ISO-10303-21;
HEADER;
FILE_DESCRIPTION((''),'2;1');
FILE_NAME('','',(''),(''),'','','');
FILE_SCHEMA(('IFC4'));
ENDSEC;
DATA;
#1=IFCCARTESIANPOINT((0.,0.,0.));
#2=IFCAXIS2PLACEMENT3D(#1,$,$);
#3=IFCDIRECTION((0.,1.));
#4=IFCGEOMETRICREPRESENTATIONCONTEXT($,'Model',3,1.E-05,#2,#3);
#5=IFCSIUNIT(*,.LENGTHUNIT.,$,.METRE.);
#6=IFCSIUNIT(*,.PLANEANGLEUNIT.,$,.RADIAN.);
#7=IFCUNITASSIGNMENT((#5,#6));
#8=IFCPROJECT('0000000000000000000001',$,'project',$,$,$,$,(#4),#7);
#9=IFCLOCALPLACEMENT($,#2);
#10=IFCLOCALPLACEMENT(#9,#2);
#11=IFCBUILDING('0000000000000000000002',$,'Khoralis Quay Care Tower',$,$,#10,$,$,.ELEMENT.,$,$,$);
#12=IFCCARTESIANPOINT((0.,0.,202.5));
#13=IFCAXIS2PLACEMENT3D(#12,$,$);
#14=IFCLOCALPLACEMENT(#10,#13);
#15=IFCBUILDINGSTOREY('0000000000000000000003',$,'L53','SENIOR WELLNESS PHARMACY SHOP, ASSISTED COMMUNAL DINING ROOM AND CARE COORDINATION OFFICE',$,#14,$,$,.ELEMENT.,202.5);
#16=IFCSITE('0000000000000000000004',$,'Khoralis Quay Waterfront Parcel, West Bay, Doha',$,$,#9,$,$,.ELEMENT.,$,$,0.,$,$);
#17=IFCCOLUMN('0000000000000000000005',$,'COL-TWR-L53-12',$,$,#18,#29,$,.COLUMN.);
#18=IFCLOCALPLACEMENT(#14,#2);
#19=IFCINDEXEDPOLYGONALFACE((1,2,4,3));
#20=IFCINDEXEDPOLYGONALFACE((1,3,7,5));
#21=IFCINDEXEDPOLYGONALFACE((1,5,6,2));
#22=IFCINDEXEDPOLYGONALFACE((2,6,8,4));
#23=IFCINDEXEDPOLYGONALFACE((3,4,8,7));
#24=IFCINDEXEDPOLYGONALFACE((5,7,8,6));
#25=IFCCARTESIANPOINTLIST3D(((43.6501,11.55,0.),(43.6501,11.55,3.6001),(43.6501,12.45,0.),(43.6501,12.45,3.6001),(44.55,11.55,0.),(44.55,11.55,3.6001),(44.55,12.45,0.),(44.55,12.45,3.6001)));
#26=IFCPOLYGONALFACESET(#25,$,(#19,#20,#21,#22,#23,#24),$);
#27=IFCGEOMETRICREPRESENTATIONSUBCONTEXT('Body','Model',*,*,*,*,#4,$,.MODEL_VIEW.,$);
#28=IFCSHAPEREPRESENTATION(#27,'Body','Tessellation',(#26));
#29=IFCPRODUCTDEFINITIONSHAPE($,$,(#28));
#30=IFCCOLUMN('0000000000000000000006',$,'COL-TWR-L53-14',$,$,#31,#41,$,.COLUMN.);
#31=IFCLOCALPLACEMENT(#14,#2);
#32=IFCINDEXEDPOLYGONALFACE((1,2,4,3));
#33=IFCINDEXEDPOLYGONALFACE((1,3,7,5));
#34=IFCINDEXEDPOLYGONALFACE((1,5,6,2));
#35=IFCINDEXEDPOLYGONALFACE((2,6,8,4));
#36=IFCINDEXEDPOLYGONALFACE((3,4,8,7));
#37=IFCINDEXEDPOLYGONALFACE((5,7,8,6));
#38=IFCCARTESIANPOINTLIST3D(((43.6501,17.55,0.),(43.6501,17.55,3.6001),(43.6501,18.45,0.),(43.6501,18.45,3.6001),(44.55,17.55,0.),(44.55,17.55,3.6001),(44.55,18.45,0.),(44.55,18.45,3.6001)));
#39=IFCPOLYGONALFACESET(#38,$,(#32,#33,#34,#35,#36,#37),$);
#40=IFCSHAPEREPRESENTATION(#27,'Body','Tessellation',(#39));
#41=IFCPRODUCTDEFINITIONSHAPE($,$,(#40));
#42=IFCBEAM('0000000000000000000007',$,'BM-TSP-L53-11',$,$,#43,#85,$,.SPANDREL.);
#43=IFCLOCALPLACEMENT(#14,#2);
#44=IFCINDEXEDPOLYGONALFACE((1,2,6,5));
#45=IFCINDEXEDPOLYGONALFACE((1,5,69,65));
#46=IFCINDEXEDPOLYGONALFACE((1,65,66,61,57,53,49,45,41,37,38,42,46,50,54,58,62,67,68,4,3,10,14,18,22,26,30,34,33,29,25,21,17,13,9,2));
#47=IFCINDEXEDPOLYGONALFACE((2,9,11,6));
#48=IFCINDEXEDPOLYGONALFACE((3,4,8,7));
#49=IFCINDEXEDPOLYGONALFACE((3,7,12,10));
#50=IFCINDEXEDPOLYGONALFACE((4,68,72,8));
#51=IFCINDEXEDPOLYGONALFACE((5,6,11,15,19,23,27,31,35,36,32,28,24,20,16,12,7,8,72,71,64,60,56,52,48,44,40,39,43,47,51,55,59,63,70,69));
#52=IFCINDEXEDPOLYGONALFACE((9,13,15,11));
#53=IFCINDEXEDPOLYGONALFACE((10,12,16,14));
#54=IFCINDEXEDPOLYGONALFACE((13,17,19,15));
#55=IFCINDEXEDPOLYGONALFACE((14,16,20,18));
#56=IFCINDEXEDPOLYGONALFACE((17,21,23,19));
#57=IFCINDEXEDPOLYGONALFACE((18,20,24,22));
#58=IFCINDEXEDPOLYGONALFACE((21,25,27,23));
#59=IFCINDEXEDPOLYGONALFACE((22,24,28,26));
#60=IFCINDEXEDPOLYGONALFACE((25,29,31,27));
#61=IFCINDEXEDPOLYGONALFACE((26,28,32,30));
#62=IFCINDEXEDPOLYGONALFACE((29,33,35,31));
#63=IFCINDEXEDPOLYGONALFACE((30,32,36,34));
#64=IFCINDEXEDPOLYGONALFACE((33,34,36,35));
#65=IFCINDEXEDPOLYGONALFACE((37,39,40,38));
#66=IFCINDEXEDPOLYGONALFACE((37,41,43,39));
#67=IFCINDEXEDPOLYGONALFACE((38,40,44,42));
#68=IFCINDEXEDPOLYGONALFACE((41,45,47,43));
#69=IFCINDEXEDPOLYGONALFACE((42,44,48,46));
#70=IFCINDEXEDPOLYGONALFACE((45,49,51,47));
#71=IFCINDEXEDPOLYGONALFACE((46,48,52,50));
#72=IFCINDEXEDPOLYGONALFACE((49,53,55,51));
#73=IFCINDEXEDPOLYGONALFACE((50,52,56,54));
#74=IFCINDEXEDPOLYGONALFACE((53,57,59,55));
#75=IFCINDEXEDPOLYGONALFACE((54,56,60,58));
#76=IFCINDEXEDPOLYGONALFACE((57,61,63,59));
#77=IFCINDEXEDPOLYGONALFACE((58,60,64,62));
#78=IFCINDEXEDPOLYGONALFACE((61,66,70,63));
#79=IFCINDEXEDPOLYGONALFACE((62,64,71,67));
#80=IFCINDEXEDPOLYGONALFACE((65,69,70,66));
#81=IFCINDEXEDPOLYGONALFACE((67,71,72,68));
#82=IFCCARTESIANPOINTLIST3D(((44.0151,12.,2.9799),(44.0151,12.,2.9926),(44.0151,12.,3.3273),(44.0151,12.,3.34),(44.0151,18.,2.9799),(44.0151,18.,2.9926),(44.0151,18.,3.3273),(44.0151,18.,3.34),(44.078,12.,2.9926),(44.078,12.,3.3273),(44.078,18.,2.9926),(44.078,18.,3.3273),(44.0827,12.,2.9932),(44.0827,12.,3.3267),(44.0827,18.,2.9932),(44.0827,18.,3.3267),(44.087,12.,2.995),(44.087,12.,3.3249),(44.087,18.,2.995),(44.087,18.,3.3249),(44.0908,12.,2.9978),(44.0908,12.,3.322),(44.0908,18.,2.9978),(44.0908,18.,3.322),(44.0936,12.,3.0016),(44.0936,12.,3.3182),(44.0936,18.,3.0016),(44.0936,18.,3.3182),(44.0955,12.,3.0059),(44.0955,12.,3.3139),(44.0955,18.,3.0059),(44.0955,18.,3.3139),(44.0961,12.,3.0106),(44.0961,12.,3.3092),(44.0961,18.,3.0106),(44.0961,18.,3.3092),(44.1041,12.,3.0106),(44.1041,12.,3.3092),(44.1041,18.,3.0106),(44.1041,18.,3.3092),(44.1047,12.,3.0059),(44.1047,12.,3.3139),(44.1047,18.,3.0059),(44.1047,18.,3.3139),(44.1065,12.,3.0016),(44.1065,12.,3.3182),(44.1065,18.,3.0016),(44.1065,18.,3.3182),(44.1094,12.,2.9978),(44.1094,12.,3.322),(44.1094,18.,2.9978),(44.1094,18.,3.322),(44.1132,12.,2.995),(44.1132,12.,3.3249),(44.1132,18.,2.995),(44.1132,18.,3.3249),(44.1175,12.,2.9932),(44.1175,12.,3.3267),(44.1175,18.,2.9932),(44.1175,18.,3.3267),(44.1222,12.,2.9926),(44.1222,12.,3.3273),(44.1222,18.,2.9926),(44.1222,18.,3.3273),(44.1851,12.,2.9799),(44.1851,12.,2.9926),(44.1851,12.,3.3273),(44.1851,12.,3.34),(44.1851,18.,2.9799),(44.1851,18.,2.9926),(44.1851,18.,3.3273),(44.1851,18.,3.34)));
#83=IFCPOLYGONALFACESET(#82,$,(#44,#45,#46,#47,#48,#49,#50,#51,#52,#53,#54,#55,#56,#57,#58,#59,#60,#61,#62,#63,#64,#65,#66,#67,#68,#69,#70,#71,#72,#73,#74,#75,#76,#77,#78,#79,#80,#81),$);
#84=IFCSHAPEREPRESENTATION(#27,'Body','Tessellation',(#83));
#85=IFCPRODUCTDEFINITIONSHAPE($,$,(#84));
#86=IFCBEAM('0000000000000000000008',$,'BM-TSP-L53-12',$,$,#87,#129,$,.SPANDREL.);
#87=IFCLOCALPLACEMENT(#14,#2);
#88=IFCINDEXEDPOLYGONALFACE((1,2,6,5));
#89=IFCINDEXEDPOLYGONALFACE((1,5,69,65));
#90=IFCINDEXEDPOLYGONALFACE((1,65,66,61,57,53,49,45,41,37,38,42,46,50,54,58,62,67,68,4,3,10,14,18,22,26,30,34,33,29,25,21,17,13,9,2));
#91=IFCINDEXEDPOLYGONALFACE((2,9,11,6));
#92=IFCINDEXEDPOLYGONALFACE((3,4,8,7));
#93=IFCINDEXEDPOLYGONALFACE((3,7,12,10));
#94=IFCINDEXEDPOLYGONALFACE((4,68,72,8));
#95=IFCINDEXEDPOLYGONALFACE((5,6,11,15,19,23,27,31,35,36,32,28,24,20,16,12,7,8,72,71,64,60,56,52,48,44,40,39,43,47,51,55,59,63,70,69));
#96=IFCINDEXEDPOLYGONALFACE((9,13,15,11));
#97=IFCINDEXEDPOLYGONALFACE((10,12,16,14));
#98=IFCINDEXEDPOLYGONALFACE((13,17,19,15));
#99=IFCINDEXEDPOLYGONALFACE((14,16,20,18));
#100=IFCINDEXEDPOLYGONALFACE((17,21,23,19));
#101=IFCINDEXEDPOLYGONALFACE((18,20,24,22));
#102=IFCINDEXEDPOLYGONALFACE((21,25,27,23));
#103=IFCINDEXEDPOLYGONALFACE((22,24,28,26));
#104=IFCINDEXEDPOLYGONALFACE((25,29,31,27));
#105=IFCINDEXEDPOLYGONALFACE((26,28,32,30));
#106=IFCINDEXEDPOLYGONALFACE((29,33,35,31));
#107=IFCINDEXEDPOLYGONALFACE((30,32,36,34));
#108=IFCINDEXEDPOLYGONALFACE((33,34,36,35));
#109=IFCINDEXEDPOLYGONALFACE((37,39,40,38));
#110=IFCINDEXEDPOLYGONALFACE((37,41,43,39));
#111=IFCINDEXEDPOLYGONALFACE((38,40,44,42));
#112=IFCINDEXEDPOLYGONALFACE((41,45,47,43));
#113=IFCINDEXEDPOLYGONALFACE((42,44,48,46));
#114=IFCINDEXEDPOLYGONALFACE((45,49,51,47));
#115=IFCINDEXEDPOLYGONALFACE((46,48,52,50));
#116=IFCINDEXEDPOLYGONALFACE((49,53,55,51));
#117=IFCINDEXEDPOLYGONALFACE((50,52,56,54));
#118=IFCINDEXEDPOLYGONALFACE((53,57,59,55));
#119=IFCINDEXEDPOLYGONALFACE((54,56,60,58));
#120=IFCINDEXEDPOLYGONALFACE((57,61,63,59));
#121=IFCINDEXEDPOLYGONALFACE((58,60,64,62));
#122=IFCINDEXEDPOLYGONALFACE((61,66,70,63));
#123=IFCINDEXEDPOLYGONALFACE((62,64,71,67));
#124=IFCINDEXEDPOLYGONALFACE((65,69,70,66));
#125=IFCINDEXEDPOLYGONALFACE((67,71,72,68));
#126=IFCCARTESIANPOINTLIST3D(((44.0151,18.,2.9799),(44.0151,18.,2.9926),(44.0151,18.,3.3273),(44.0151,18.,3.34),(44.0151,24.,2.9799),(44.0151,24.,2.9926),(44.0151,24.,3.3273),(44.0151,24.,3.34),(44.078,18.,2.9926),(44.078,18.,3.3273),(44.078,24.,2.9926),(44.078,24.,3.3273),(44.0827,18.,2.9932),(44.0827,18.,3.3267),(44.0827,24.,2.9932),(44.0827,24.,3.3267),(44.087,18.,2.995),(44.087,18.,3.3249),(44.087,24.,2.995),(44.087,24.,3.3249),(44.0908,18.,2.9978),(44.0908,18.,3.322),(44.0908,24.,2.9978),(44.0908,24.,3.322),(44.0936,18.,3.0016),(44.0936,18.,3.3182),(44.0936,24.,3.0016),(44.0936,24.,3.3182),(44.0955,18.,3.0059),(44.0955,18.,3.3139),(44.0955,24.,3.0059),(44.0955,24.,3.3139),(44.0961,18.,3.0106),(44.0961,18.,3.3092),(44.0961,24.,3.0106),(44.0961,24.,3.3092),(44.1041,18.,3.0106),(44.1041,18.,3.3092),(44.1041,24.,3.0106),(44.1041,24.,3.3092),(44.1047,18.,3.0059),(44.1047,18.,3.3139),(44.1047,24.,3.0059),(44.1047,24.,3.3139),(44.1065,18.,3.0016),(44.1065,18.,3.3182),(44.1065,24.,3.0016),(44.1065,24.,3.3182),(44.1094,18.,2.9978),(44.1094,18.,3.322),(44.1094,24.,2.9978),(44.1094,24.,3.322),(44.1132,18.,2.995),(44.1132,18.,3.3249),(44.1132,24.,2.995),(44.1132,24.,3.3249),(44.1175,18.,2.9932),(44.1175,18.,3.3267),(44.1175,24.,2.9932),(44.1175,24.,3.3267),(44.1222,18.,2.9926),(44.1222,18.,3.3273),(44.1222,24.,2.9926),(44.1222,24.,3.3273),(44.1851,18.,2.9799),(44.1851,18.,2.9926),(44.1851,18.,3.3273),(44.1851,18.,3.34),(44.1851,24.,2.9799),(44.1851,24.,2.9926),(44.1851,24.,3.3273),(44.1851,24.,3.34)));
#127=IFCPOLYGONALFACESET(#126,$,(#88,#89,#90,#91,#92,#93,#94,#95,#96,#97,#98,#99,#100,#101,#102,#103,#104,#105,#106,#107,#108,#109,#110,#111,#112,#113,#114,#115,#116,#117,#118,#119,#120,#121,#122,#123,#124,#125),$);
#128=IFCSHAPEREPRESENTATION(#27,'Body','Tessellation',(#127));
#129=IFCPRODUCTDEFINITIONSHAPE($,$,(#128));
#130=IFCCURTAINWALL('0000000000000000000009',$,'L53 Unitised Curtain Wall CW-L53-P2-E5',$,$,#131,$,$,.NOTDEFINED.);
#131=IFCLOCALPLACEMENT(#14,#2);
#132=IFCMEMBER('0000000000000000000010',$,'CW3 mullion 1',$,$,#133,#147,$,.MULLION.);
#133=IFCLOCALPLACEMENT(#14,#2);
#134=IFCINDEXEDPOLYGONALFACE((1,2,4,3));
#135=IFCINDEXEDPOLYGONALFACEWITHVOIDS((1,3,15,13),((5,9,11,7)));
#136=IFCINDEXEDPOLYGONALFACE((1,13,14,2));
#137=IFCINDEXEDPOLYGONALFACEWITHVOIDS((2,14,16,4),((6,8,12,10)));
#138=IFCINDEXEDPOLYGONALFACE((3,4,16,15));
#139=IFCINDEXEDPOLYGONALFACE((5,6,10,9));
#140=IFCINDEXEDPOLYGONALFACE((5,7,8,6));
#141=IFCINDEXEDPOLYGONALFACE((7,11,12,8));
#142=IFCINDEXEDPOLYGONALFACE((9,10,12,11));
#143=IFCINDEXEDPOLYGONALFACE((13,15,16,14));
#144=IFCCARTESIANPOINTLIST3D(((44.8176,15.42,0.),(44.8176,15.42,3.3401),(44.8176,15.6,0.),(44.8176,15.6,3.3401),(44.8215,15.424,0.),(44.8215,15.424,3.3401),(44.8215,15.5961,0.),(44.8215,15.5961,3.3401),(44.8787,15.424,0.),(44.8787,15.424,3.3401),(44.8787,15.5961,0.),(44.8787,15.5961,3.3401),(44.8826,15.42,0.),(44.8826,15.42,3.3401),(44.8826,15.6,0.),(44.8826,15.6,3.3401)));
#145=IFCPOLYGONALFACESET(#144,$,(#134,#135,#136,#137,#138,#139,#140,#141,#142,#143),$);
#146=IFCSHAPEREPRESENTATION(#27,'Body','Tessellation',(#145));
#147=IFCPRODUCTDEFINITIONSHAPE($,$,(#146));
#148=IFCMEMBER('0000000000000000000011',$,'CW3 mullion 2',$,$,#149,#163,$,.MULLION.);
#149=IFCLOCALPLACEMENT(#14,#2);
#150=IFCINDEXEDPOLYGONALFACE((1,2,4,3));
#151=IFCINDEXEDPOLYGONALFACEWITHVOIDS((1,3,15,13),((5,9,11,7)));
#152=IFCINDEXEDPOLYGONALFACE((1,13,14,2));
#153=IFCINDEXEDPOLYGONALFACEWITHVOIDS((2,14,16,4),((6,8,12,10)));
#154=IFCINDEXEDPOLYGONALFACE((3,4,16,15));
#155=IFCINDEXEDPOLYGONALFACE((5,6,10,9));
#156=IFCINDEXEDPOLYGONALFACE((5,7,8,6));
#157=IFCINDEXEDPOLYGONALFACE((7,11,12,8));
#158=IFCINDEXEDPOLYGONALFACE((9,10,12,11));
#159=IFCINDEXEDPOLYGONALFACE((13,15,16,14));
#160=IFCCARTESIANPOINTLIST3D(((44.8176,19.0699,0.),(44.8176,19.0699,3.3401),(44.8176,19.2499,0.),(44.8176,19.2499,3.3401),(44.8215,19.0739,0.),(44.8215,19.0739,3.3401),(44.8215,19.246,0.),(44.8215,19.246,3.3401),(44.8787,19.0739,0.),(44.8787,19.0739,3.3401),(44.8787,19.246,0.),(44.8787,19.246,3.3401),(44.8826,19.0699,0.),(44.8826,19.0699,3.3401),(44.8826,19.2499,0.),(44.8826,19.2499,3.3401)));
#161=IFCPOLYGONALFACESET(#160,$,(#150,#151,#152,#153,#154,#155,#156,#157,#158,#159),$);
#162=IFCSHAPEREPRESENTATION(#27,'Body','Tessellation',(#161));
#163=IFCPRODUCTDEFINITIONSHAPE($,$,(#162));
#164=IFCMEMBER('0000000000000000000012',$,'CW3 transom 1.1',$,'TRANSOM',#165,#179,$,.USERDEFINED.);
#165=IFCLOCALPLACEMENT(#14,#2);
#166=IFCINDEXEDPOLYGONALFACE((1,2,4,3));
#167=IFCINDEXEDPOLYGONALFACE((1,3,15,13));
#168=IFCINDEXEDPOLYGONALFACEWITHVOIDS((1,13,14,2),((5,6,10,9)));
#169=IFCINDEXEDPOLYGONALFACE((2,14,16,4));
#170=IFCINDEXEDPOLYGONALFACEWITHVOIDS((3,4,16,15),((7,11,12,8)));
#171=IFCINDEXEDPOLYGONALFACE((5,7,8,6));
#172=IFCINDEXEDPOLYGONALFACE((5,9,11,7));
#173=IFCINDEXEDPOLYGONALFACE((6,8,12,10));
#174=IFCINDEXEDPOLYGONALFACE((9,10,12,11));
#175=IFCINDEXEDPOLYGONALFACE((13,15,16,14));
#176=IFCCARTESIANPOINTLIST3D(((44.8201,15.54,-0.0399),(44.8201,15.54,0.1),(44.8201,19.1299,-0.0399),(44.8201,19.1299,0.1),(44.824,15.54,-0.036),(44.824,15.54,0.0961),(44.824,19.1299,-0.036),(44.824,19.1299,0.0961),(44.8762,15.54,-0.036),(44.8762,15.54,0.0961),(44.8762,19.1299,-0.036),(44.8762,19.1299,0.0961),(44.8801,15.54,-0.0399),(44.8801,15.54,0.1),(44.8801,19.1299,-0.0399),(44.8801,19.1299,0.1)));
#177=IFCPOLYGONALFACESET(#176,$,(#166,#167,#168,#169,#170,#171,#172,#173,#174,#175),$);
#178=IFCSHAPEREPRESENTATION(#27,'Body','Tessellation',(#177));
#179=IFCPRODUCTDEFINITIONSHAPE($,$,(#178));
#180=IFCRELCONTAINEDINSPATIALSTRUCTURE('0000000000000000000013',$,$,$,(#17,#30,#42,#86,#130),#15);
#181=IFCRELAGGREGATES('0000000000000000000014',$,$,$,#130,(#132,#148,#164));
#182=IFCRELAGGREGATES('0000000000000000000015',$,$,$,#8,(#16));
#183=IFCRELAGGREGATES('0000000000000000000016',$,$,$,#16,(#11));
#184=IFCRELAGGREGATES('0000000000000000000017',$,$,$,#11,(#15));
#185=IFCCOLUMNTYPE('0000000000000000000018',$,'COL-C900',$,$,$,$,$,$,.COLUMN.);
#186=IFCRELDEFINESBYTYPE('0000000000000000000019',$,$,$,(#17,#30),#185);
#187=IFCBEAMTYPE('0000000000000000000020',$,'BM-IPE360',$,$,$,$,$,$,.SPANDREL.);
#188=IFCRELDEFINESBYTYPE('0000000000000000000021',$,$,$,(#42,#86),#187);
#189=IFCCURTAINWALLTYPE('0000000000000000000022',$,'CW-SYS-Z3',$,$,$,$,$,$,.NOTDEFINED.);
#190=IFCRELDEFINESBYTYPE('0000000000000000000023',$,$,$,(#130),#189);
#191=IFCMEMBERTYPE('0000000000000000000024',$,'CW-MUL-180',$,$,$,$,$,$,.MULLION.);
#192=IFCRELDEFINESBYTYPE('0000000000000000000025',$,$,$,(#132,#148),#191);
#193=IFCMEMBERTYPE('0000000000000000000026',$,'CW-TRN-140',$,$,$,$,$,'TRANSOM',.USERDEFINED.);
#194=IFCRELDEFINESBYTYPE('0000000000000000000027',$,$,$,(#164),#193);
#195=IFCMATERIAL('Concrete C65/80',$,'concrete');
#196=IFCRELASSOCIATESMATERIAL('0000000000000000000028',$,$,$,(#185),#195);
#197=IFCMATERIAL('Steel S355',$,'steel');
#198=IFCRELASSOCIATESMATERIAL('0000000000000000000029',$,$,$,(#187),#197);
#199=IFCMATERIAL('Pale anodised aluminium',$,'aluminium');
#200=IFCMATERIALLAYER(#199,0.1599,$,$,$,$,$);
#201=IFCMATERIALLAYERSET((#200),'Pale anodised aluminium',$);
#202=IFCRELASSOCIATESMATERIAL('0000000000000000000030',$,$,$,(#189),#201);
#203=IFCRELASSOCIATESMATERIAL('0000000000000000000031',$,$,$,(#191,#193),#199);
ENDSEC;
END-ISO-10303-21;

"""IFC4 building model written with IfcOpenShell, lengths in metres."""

from ifc_helpers import new_model, si_unit, direction, frame, origin, origin_2d, place, context, subcontext, project, spatial, rectangle, hollow_rectangle, i_section, extrude, source, transform, mapped, material, layer, layer_set, material_profile, profile_set, type_object, element, aggregate, save


model = new_model("IFC4")

# Units and contexts
model_context = context("Model", 3, precision=1e-05, world=origin(), true_north=direction((0.0, 1.0)))
body_context = subcontext(model_context, "Body", "Model", "MODEL_VIEW")
ifc_project = project(units=[si_unit("LENGTHUNIT", "METRE"), si_unit("PLANEANGLEUNIT", "RADIAN")], contexts=[model_context])

# Site, building, storey
site_placement = place(None, origin())
site = spatial("IfcSite", under=ifc_project, at=site_placement, Name="Khoralis Quay Waterfront Parcel, West Bay, Doha", CompositionType="ELEMENT", RefElevation=0.0)
building_placement = place(site_placement, origin())
building = spatial("IfcBuilding", under=site, at=building_placement, Name="Khoralis Quay Care Tower", CompositionType="ELEMENT")
storey_placement = place(building_placement, frame((0.0, 0.0, 202.5)))
storey = spatial("IfcBuildingStorey", under=building, at=storey_placement, Name="L53", Description="SENIOR WELLNESS PHARMACY SHOP, ASSISTED COMMUNAL DINING ROOM AND CARE COORDINATION OFFICE", CompositionType="ELEMENT", Elevation=202.5)

# Columns
ifc_material_1 = material(Name="Concrete C65/80", Category="concrete")
ifc_material_profile_1 = material_profile(ifc_material_1, rectangle(XDim=0.8999, YDim=0.8999, at=origin_2d()), Name="Concrete C65/80")
ifc_profile_set_1 = profile_set([ifc_material_profile_1], Name="Concrete C65/80")
column_type = type_object("IfcColumnType", Name="COL-C900", PredefinedType="COLUMN", material=ifc_profile_set_1)
shared_shape_1 = source(origin(), body_context, "Body", "SweptSolid", [
    extrude(rectangle(XDim=0.8999, YDim=0.8999, at=origin_2d()), origin(), (0.0, 0.0, 1.0), 3.6001),
])
for number, where, z_axis, x_axis, name in (
    (1, (44.1001, 12.0, 0.0), (0.0, 0.0, 1.0), (1.0, 0.0, 0.0), "COL-TWR-L53-12"),
    (2, (44.1001, 18.0, 0.0), (0.0, 0.0, 1.0), (1.0, 0.0, 0.0), "COL-TWR-L53-14"),
):
    element("IfcColumn", number, at=place(storey_placement, frame(where, z_axis=z_axis, x_axis=x_axis)), inside=storey, type_object=column_type, Name=name, PredefinedType="COLUMN", context=body_context, shape_type="MappedRepresentation", body=[
        mapped(shared_shape_1, transform((0.0, 0.0, 0.0), scale=1.0)),
    ])

# Beams
ifc_material_2 = material(Name="Steel S355", Category="steel")
ifc_material_profile_2 = material_profile(ifc_material_2, i_section(OverallWidth=0.1699, OverallDepth=0.3601, WebThickness=0.0081, FlangeThickness=0.0127, FilletRadius=0.0181, at=origin_2d()), Name="Steel S355")
ifc_profile_set_2 = profile_set([ifc_material_profile_2], Name="Steel S355")
beam_type = type_object("IfcBeamType", Name="BM-IPE360", PredefinedType="SPANDREL", material=ifc_profile_set_2)
shared_shape_2 = source(origin(), body_context, "Body", "SweptSolid", [
    extrude(i_section(OverallWidth=0.1699, OverallDepth=0.3601, WebThickness=0.0081, FlangeThickness=0.0127, FilletRadius=0.0181, at=origin_2d()), origin(), (0.0, 0.0, 1.0), 6.0),
])
for number, where, z_axis, x_axis, name in (
    (3, (44.1001, 12.0, 3.1599), (0.0, 1.0, 0.0), (-1.0, 0.0, 0.0), "BM-TSP-L53-11"),
    (4, (44.1001, 18.0, 3.1599), (0.0, 1.0, 0.0), (-1.0, 0.0, 0.0), "BM-TSP-L53-12"),
):
    element("IfcBeam", number, at=place(storey_placement, frame(where, z_axis=z_axis, x_axis=x_axis)), inside=storey, type_object=beam_type, Name=name, PredefinedType="SPANDREL", context=body_context, shape_type="MappedRepresentation", body=[
        mapped(shared_shape_2, transform((0.0, 0.0, 0.0), scale=1.0)),
    ])

# Curtain wall, members
ifc_material_3 = material(Name="Pale anodised aluminium", Category="aluminium")
ifc_layer_1 = layer(ifc_material_3, 0.1599)
ifc_layer_set_1 = layer_set([ifc_layer_1], Name="Pale anodised aluminium")
curtain_wall_type = type_object("IfcCurtainWallType", Name="CW-SYS-Z3", PredefinedType="NOTDEFINED", material=ifc_layer_set_1)
curtain_wall_placement = place(storey_placement, origin())
curtain_wall = element("IfcCurtainWall", 5, at=curtain_wall_placement, inside=storey, type_object=curtain_wall_type, Name="L53 Unitised Curtain Wall CW-L53-P2-E5", PredefinedType="NOTDEFINED")
ifc_material_profile_3 = material_profile(ifc_material_3, hollow_rectangle(XDim=0.0649, YDim=0.1799, WallThickness=0.0039, at=origin_2d()), Name="Pale anodised aluminium")
ifc_profile_set_3 = profile_set([ifc_material_profile_3], Name="Pale anodised aluminium")
member_type_1 = type_object("IfcMemberType", Name="CW-MUL-180", PredefinedType="MULLION", material=ifc_profile_set_3)
shared_shape_3 = source(origin(), body_context, "Body", "SweptSolid", [
    extrude(hollow_rectangle(XDim=0.0649, YDim=0.1799, WallThickness=0.0039, at=origin_2d()), origin(), (0.0, 0.0, 1.0), 3.3401),
])
member_1_placement = place(storey_placement, frame((44.8501, 15.51, 0.0), z_axis=(0.0, 0.0, 1.0), x_axis=(-1.0, 0.0, 0.0)))
member_1 = element("IfcMember", 6, at=member_1_placement, type_object=member_type_1, Name="CW3 mullion 1", PredefinedType="MULLION", context=body_context, shape_type="MappedRepresentation", body=[
    mapped(shared_shape_3, transform((0.0, 0.0, 0.0), scale=1.0)),
])
member_2_placement = place(storey_placement, frame((44.8501, 19.1599, 0.0), z_axis=(0.0, 0.0, 1.0), x_axis=(-1.0, 0.0, 0.0)))
member_2 = element("IfcMember", 7, at=member_2_placement, type_object=member_type_1, Name="CW3 mullion 2", PredefinedType="MULLION", context=body_context, shape_type="MappedRepresentation", body=[
    mapped(shared_shape_3, transform((0.0, 0.0, 0.0), scale=1.0)),
])
ifc_material_profile_4 = material_profile(ifc_material_3, hollow_rectangle(XDim=0.0601, YDim=0.1399, WallThickness=0.0039, at=origin_2d()), Name="Pale anodised aluminium")
ifc_profile_set_4 = profile_set([ifc_material_profile_4], Name="Pale anodised aluminium")
member_type_2 = type_object("IfcMemberType", Name="CW-TRN-140", ElementType="TRANSOM", PredefinedType="USERDEFINED", material=ifc_profile_set_4)
shared_shape_4 = source(origin(), body_context, "Body", "SweptSolid", [
    extrude(hollow_rectangle(XDim=0.0601, YDim=0.1399, WallThickness=0.0039, at=origin_2d()), origin(), (0.0, 0.0, 1.0), 3.5898),
])
member_3_placement = place(storey_placement, frame((44.8501, 15.54, 0.03), z_axis=(0.0, 1.0, 0.0), x_axis=(-1.0, 0.0, 0.0)))
member_3 = element("IfcMember", 8, at=member_3_placement, type_object=member_type_2, Name="CW3 transom 1.1", ObjectType="TRANSOM", PredefinedType="USERDEFINED", context=body_context, shape_type="MappedRepresentation", body=[
    mapped(shared_shape_4, transform((0.0, 0.0, 0.0), scale=1.0)),
])
aggregate(curtain_wall, [member_1, member_2, member_3])

save(model, "model.ifc")
